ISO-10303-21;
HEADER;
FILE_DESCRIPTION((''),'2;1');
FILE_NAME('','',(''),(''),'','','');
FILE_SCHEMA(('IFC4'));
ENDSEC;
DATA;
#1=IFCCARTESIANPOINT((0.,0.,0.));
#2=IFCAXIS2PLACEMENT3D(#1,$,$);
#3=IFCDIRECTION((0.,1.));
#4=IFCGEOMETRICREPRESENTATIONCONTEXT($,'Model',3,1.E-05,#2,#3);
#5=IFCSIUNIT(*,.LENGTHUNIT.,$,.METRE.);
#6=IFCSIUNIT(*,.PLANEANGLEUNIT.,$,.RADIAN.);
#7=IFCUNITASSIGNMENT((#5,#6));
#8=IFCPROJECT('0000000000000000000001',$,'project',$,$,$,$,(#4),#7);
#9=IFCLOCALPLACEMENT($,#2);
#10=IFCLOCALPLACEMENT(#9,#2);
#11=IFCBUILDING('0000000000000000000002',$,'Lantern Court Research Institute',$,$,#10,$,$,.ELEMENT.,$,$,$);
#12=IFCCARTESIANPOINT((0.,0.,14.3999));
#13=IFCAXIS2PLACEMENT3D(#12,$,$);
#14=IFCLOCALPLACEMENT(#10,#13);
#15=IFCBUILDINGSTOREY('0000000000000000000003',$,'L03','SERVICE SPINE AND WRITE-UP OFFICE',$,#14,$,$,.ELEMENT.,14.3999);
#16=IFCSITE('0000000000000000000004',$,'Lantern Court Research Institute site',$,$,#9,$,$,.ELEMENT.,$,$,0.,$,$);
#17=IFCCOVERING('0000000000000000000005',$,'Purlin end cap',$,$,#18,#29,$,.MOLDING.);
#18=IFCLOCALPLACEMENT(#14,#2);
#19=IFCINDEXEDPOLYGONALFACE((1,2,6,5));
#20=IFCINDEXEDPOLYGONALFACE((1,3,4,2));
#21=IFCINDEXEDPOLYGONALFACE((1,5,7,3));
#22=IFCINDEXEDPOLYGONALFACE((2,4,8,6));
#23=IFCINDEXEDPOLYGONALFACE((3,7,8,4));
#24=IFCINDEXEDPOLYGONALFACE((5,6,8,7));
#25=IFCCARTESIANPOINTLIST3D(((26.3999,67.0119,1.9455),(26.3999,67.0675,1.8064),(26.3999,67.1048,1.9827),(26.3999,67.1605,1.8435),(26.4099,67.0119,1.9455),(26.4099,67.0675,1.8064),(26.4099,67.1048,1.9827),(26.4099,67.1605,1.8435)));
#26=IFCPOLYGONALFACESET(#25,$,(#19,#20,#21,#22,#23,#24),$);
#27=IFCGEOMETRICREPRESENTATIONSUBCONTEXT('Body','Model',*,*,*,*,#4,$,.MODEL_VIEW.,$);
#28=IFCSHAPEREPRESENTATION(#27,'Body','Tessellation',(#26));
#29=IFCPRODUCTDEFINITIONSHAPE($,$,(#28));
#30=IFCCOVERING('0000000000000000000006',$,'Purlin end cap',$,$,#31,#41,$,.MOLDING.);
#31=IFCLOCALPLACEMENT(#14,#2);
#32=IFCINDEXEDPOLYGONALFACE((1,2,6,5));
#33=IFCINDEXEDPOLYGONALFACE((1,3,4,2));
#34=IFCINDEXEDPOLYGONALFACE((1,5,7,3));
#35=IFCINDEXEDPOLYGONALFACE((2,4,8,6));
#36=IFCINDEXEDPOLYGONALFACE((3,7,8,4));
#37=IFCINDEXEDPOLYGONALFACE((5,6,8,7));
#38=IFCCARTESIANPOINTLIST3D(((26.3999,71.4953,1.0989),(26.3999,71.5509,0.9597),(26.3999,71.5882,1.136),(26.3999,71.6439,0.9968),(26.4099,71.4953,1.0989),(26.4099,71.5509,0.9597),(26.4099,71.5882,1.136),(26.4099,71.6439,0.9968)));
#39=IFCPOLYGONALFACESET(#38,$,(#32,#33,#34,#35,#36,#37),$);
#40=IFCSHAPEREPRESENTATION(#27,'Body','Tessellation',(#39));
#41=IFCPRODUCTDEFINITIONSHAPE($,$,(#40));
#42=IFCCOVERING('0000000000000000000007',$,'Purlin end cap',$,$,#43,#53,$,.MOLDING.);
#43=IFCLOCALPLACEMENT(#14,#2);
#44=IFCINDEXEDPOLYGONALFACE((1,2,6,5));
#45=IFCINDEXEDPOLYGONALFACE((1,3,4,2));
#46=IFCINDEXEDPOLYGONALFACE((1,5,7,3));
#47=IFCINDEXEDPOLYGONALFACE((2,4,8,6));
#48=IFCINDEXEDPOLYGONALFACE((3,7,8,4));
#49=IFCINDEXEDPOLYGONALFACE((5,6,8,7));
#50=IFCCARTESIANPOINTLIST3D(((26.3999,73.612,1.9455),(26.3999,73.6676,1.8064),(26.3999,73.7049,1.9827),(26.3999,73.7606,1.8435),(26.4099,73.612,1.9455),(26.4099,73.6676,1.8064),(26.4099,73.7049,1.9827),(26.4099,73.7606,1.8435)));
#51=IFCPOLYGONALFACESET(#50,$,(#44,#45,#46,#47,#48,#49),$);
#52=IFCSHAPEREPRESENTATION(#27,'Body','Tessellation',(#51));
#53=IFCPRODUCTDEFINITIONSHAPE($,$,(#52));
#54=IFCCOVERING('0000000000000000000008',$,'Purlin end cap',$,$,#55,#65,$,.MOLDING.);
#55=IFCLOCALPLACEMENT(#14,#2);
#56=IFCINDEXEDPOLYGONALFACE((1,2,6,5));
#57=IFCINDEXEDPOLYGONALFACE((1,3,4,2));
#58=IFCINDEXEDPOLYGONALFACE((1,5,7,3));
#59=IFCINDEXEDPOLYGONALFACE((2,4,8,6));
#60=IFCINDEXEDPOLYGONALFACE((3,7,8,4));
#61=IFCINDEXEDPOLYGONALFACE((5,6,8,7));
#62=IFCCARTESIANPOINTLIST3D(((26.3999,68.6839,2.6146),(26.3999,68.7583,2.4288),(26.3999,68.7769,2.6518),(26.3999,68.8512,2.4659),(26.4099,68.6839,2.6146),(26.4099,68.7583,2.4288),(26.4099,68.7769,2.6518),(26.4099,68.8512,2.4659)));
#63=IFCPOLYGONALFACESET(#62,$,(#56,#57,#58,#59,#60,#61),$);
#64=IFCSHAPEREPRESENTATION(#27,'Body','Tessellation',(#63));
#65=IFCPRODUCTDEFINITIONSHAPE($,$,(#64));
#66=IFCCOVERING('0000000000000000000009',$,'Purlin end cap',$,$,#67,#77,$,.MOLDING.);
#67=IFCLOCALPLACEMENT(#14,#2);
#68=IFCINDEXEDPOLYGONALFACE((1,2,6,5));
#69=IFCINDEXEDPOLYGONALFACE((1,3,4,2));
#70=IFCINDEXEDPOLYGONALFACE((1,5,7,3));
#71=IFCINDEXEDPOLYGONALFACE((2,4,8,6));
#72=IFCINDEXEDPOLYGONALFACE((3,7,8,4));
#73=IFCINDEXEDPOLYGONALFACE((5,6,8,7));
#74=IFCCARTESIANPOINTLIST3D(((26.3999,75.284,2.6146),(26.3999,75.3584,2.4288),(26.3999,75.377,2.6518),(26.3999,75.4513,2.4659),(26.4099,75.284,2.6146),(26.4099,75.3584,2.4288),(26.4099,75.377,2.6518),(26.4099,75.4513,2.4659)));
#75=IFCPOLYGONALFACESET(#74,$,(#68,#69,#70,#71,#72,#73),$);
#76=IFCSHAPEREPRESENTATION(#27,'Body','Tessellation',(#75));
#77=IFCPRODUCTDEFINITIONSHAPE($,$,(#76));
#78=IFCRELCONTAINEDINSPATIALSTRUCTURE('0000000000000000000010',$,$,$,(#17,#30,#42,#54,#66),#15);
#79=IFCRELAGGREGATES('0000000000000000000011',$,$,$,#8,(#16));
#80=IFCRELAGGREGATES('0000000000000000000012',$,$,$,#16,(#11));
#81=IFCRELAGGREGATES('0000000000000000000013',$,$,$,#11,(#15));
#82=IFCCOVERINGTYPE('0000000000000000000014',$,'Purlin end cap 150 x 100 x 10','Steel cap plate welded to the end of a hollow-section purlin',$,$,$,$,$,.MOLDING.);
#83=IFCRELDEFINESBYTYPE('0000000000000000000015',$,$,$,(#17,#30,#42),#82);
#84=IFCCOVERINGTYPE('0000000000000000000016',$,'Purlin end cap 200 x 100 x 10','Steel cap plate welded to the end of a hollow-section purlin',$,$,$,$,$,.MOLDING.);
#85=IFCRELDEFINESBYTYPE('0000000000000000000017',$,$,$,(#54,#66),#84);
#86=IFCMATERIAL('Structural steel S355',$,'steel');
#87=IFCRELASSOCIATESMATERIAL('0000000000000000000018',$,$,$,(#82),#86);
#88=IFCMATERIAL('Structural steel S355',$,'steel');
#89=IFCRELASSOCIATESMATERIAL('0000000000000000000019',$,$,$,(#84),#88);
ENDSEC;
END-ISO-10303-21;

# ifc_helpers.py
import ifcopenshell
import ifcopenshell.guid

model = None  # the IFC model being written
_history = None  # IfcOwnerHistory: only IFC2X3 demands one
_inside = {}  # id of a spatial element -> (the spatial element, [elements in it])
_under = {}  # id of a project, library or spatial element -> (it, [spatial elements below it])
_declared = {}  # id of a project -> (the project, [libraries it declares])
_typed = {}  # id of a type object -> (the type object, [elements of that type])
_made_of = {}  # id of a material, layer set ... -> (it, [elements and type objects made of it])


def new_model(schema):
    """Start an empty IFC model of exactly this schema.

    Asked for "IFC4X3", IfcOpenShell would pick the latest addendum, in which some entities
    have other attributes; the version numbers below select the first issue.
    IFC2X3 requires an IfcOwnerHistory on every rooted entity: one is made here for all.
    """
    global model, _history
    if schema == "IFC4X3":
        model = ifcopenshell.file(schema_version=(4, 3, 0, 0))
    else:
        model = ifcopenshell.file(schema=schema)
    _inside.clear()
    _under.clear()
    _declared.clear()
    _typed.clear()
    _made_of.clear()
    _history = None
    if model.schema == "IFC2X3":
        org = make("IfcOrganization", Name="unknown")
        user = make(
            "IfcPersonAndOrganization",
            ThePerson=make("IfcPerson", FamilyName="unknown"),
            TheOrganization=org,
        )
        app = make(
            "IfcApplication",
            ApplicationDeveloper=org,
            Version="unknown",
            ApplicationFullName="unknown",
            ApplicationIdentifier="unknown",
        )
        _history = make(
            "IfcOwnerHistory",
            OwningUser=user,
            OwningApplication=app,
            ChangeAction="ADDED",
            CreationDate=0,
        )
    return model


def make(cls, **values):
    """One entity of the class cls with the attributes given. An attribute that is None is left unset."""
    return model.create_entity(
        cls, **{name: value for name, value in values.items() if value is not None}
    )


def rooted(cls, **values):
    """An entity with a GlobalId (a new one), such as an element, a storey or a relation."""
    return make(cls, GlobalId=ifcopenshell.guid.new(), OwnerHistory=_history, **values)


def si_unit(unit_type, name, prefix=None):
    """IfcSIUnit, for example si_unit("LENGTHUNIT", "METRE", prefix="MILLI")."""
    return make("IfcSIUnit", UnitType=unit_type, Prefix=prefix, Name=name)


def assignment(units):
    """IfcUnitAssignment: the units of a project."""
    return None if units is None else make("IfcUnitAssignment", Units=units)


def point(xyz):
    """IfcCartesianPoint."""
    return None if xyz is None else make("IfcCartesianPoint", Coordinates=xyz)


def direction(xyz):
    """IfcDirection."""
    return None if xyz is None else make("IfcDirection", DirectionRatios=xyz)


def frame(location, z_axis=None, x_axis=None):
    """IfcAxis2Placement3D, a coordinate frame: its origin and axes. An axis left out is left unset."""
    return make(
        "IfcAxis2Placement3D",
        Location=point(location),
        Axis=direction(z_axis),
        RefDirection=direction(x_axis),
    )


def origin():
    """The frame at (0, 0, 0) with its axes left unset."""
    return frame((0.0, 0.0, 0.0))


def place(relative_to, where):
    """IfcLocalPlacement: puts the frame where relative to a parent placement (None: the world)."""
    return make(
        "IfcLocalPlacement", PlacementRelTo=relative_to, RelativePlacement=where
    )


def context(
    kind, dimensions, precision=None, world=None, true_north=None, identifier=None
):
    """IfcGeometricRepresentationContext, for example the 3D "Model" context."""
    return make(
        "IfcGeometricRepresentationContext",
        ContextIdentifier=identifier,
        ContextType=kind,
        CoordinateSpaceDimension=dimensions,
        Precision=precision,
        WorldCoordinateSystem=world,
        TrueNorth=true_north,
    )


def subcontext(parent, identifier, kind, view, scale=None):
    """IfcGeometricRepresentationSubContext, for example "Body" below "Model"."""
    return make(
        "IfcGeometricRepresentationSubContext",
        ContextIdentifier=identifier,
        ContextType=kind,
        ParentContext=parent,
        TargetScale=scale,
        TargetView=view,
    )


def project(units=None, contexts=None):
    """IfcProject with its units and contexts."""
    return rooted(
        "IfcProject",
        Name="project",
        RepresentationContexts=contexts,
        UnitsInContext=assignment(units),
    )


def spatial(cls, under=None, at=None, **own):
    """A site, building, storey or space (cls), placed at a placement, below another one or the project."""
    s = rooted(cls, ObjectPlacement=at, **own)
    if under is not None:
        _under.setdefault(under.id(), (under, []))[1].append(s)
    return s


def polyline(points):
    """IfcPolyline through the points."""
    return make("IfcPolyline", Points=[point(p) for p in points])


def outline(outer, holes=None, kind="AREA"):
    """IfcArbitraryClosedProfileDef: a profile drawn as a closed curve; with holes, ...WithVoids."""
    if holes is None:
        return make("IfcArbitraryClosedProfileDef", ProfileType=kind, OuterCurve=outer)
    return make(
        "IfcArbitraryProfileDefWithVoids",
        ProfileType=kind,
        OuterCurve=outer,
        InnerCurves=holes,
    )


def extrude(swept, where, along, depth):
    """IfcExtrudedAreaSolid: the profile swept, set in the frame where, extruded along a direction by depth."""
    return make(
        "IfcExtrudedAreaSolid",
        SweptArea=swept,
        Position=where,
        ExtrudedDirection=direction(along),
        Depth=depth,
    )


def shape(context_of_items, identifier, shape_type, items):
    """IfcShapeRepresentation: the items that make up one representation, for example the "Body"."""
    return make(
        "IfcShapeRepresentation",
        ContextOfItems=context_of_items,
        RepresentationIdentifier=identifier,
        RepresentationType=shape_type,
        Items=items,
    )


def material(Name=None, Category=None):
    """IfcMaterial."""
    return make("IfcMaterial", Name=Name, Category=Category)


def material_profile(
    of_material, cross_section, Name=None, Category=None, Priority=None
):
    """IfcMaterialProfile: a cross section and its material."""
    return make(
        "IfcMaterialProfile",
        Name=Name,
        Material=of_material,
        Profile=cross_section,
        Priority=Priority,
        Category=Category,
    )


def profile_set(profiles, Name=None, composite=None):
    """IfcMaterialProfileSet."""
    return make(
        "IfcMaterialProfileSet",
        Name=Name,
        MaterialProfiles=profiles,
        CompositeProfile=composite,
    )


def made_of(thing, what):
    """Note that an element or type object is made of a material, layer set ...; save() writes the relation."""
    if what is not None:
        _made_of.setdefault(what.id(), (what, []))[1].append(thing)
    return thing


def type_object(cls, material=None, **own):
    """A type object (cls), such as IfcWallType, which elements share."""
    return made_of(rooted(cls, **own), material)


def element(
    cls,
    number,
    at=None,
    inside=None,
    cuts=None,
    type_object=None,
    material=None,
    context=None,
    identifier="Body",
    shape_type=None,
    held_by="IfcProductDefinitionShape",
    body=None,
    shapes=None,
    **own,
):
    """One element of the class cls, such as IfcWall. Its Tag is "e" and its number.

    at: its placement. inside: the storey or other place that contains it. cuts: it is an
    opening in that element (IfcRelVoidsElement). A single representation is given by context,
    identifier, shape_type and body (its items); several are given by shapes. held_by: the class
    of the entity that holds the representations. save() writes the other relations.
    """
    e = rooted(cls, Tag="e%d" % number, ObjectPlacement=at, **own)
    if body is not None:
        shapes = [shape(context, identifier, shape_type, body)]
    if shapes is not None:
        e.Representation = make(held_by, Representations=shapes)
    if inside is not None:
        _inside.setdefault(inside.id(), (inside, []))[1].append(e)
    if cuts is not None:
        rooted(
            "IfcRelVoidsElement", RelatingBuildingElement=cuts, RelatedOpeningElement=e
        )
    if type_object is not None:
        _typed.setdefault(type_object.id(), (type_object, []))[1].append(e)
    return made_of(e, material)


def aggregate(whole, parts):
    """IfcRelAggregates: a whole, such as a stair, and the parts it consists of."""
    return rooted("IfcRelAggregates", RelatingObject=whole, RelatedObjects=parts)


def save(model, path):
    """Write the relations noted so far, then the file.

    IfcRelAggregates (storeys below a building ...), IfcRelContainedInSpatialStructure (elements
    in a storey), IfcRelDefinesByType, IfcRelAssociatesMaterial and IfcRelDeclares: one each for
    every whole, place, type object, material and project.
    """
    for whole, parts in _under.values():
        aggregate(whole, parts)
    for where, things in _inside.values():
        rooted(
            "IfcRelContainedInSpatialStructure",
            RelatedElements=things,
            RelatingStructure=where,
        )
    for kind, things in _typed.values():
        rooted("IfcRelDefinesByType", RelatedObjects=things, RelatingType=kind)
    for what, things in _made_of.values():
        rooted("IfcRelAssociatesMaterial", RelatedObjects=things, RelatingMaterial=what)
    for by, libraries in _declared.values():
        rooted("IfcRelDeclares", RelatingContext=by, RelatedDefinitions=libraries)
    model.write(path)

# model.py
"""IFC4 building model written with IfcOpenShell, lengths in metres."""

from ifc_helpers import new_model, si_unit, direction, frame, origin, place, context, subcontext, project, spatial, polyline, outline, extrude, material, material_profile, profile_set, type_object, element, save


model = new_model("IFC4")

# Units and contexts
model_context = context("Model", 3, precision=1e-05, world=origin(), true_north=direction((0.0, 1.0)))
body_context = subcontext(model_context, "Body", "Model", "MODEL_VIEW")
ifc_project = project(units=[si_unit("LENGTHUNIT", "METRE"), si_unit("PLANEANGLEUNIT", "RADIAN")], contexts=[model_context])

# Site, building, storey
site_placement = place(None, origin())
site = spatial("IfcSite", under=ifc_project, at=site_placement, Name="Lantern Court Research Institute site", CompositionType="ELEMENT", RefElevation=0.0)
building_placement = place(site_placement, origin())
building = spatial("IfcBuilding", under=site, at=building_placement, Name="Lantern Court Research Institute", CompositionType="ELEMENT")
storey_placement = place(building_placement, frame((0.0, 0.0, 14.3999)))
storey = spatial("IfcBuildingStorey", under=building, at=storey_placement, Name="L03", Description="SERVICE SPINE AND WRITE-UP OFFICE", CompositionType="ELEMENT", Elevation=14.3999)

# Coverings
ifc_material_1 = material(Name="Structural steel S355", Category="steel")
ifc_material_profile_1 = material_profile(ifc_material_1, outline(polyline([(-0.05, -0.075), (0.05, -0.075), (0.05, 0.075), (-0.05, 0.075), (-0.05, -0.075)])), Name="Purlin end cap 150 x 100 x 10")
ifc_profile_set_1 = profile_set([ifc_material_profile_1], Name="Structural steel S355")
covering_type_1 = type_object("IfcCoveringType", Name="Purlin end cap 150 x 100 x 10", Description="Steel cap plate welded to the end of a hollow-section purlin", PredefinedType="MOLDING", material=ifc_profile_set_1)
for number, where, z_axis, x_axis, name in (
    (1, (26.3999, 67.0862, 1.8945), (1.0, 0.0, 0.0), (0.0, 0.928477, 0.371391), "Purlin end cap"),
    (2, (26.3999, 71.5696, 1.0479), (1.0, 0.0, 0.0), (0.0, 0.928477, 0.371391), "Purlin end cap"),
    (3, (26.3999, 73.6863, 1.8945), (1.0, 0.0, 0.0), (0.0, 0.928477, 0.371391), "Purlin end cap"),
):
    element("IfcCovering", number, at=place(storey_placement, frame(where, z_axis=z_axis, x_axis=x_axis)), inside=storey, type_object=covering_type_1, Name=name, PredefinedType="MOLDING", context=body_context, shape_type="SweptSolid", body=[
        extrude(outline(polyline([(-0.05, -0.075), (0.05, -0.075), (0.05, 0.075), (-0.05, 0.075), (-0.05, -0.075)])), origin(), (0.0, 0.0, 1.0), 0.01),
    ])
ifc_material_2 = material(Name="Structural steel S355", Category="steel")
ifc_material_profile_2 = material_profile(ifc_material_2, outline(polyline([(-0.05, -0.1001), (0.05, -0.1001), (0.05, 0.1001), (-0.05, 0.1001), (-0.05, -0.1001)])), Name="Purlin end cap 200 x 100 x 10")
ifc_profile_set_2 = profile_set([ifc_material_profile_2], Name="Structural steel S355")
covering_type_2 = type_object("IfcCoveringType", Name="Purlin end cap 200 x 100 x 10", Description="Steel cap plate welded to the end of a hollow-section purlin", PredefinedType="MOLDING", material=ifc_profile_set_2)
for number, where, z_axis, x_axis, name in (
    (4, (26.3999, 68.7676, 2.5403), (1.0, 0.0, 0.0), (0.0, 0.928477, 0.371391), "Purlin end cap"),
    (5, (26.3999, 75.3677, 2.5403), (1.0, 0.0, 0.0), (0.0, 0.928477, 0.371391), "Purlin end cap"),
):
    element("IfcCovering", number, at=place(storey_placement, frame(where, z_axis=z_axis, x_axis=x_axis)), inside=storey, type_object=covering_type_2, Name=name, PredefinedType="MOLDING", context=body_context, shape_type="SweptSolid", body=[
        extrude(outline(polyline([(-0.05, -0.1001), (0.05, -0.1001), (0.05, 0.1001), (-0.05, 0.1001), (-0.05, -0.1001)])), origin(), (0.0, 0.0, 1.0), 0.01),
    ])

save(model, "model.ifc")
